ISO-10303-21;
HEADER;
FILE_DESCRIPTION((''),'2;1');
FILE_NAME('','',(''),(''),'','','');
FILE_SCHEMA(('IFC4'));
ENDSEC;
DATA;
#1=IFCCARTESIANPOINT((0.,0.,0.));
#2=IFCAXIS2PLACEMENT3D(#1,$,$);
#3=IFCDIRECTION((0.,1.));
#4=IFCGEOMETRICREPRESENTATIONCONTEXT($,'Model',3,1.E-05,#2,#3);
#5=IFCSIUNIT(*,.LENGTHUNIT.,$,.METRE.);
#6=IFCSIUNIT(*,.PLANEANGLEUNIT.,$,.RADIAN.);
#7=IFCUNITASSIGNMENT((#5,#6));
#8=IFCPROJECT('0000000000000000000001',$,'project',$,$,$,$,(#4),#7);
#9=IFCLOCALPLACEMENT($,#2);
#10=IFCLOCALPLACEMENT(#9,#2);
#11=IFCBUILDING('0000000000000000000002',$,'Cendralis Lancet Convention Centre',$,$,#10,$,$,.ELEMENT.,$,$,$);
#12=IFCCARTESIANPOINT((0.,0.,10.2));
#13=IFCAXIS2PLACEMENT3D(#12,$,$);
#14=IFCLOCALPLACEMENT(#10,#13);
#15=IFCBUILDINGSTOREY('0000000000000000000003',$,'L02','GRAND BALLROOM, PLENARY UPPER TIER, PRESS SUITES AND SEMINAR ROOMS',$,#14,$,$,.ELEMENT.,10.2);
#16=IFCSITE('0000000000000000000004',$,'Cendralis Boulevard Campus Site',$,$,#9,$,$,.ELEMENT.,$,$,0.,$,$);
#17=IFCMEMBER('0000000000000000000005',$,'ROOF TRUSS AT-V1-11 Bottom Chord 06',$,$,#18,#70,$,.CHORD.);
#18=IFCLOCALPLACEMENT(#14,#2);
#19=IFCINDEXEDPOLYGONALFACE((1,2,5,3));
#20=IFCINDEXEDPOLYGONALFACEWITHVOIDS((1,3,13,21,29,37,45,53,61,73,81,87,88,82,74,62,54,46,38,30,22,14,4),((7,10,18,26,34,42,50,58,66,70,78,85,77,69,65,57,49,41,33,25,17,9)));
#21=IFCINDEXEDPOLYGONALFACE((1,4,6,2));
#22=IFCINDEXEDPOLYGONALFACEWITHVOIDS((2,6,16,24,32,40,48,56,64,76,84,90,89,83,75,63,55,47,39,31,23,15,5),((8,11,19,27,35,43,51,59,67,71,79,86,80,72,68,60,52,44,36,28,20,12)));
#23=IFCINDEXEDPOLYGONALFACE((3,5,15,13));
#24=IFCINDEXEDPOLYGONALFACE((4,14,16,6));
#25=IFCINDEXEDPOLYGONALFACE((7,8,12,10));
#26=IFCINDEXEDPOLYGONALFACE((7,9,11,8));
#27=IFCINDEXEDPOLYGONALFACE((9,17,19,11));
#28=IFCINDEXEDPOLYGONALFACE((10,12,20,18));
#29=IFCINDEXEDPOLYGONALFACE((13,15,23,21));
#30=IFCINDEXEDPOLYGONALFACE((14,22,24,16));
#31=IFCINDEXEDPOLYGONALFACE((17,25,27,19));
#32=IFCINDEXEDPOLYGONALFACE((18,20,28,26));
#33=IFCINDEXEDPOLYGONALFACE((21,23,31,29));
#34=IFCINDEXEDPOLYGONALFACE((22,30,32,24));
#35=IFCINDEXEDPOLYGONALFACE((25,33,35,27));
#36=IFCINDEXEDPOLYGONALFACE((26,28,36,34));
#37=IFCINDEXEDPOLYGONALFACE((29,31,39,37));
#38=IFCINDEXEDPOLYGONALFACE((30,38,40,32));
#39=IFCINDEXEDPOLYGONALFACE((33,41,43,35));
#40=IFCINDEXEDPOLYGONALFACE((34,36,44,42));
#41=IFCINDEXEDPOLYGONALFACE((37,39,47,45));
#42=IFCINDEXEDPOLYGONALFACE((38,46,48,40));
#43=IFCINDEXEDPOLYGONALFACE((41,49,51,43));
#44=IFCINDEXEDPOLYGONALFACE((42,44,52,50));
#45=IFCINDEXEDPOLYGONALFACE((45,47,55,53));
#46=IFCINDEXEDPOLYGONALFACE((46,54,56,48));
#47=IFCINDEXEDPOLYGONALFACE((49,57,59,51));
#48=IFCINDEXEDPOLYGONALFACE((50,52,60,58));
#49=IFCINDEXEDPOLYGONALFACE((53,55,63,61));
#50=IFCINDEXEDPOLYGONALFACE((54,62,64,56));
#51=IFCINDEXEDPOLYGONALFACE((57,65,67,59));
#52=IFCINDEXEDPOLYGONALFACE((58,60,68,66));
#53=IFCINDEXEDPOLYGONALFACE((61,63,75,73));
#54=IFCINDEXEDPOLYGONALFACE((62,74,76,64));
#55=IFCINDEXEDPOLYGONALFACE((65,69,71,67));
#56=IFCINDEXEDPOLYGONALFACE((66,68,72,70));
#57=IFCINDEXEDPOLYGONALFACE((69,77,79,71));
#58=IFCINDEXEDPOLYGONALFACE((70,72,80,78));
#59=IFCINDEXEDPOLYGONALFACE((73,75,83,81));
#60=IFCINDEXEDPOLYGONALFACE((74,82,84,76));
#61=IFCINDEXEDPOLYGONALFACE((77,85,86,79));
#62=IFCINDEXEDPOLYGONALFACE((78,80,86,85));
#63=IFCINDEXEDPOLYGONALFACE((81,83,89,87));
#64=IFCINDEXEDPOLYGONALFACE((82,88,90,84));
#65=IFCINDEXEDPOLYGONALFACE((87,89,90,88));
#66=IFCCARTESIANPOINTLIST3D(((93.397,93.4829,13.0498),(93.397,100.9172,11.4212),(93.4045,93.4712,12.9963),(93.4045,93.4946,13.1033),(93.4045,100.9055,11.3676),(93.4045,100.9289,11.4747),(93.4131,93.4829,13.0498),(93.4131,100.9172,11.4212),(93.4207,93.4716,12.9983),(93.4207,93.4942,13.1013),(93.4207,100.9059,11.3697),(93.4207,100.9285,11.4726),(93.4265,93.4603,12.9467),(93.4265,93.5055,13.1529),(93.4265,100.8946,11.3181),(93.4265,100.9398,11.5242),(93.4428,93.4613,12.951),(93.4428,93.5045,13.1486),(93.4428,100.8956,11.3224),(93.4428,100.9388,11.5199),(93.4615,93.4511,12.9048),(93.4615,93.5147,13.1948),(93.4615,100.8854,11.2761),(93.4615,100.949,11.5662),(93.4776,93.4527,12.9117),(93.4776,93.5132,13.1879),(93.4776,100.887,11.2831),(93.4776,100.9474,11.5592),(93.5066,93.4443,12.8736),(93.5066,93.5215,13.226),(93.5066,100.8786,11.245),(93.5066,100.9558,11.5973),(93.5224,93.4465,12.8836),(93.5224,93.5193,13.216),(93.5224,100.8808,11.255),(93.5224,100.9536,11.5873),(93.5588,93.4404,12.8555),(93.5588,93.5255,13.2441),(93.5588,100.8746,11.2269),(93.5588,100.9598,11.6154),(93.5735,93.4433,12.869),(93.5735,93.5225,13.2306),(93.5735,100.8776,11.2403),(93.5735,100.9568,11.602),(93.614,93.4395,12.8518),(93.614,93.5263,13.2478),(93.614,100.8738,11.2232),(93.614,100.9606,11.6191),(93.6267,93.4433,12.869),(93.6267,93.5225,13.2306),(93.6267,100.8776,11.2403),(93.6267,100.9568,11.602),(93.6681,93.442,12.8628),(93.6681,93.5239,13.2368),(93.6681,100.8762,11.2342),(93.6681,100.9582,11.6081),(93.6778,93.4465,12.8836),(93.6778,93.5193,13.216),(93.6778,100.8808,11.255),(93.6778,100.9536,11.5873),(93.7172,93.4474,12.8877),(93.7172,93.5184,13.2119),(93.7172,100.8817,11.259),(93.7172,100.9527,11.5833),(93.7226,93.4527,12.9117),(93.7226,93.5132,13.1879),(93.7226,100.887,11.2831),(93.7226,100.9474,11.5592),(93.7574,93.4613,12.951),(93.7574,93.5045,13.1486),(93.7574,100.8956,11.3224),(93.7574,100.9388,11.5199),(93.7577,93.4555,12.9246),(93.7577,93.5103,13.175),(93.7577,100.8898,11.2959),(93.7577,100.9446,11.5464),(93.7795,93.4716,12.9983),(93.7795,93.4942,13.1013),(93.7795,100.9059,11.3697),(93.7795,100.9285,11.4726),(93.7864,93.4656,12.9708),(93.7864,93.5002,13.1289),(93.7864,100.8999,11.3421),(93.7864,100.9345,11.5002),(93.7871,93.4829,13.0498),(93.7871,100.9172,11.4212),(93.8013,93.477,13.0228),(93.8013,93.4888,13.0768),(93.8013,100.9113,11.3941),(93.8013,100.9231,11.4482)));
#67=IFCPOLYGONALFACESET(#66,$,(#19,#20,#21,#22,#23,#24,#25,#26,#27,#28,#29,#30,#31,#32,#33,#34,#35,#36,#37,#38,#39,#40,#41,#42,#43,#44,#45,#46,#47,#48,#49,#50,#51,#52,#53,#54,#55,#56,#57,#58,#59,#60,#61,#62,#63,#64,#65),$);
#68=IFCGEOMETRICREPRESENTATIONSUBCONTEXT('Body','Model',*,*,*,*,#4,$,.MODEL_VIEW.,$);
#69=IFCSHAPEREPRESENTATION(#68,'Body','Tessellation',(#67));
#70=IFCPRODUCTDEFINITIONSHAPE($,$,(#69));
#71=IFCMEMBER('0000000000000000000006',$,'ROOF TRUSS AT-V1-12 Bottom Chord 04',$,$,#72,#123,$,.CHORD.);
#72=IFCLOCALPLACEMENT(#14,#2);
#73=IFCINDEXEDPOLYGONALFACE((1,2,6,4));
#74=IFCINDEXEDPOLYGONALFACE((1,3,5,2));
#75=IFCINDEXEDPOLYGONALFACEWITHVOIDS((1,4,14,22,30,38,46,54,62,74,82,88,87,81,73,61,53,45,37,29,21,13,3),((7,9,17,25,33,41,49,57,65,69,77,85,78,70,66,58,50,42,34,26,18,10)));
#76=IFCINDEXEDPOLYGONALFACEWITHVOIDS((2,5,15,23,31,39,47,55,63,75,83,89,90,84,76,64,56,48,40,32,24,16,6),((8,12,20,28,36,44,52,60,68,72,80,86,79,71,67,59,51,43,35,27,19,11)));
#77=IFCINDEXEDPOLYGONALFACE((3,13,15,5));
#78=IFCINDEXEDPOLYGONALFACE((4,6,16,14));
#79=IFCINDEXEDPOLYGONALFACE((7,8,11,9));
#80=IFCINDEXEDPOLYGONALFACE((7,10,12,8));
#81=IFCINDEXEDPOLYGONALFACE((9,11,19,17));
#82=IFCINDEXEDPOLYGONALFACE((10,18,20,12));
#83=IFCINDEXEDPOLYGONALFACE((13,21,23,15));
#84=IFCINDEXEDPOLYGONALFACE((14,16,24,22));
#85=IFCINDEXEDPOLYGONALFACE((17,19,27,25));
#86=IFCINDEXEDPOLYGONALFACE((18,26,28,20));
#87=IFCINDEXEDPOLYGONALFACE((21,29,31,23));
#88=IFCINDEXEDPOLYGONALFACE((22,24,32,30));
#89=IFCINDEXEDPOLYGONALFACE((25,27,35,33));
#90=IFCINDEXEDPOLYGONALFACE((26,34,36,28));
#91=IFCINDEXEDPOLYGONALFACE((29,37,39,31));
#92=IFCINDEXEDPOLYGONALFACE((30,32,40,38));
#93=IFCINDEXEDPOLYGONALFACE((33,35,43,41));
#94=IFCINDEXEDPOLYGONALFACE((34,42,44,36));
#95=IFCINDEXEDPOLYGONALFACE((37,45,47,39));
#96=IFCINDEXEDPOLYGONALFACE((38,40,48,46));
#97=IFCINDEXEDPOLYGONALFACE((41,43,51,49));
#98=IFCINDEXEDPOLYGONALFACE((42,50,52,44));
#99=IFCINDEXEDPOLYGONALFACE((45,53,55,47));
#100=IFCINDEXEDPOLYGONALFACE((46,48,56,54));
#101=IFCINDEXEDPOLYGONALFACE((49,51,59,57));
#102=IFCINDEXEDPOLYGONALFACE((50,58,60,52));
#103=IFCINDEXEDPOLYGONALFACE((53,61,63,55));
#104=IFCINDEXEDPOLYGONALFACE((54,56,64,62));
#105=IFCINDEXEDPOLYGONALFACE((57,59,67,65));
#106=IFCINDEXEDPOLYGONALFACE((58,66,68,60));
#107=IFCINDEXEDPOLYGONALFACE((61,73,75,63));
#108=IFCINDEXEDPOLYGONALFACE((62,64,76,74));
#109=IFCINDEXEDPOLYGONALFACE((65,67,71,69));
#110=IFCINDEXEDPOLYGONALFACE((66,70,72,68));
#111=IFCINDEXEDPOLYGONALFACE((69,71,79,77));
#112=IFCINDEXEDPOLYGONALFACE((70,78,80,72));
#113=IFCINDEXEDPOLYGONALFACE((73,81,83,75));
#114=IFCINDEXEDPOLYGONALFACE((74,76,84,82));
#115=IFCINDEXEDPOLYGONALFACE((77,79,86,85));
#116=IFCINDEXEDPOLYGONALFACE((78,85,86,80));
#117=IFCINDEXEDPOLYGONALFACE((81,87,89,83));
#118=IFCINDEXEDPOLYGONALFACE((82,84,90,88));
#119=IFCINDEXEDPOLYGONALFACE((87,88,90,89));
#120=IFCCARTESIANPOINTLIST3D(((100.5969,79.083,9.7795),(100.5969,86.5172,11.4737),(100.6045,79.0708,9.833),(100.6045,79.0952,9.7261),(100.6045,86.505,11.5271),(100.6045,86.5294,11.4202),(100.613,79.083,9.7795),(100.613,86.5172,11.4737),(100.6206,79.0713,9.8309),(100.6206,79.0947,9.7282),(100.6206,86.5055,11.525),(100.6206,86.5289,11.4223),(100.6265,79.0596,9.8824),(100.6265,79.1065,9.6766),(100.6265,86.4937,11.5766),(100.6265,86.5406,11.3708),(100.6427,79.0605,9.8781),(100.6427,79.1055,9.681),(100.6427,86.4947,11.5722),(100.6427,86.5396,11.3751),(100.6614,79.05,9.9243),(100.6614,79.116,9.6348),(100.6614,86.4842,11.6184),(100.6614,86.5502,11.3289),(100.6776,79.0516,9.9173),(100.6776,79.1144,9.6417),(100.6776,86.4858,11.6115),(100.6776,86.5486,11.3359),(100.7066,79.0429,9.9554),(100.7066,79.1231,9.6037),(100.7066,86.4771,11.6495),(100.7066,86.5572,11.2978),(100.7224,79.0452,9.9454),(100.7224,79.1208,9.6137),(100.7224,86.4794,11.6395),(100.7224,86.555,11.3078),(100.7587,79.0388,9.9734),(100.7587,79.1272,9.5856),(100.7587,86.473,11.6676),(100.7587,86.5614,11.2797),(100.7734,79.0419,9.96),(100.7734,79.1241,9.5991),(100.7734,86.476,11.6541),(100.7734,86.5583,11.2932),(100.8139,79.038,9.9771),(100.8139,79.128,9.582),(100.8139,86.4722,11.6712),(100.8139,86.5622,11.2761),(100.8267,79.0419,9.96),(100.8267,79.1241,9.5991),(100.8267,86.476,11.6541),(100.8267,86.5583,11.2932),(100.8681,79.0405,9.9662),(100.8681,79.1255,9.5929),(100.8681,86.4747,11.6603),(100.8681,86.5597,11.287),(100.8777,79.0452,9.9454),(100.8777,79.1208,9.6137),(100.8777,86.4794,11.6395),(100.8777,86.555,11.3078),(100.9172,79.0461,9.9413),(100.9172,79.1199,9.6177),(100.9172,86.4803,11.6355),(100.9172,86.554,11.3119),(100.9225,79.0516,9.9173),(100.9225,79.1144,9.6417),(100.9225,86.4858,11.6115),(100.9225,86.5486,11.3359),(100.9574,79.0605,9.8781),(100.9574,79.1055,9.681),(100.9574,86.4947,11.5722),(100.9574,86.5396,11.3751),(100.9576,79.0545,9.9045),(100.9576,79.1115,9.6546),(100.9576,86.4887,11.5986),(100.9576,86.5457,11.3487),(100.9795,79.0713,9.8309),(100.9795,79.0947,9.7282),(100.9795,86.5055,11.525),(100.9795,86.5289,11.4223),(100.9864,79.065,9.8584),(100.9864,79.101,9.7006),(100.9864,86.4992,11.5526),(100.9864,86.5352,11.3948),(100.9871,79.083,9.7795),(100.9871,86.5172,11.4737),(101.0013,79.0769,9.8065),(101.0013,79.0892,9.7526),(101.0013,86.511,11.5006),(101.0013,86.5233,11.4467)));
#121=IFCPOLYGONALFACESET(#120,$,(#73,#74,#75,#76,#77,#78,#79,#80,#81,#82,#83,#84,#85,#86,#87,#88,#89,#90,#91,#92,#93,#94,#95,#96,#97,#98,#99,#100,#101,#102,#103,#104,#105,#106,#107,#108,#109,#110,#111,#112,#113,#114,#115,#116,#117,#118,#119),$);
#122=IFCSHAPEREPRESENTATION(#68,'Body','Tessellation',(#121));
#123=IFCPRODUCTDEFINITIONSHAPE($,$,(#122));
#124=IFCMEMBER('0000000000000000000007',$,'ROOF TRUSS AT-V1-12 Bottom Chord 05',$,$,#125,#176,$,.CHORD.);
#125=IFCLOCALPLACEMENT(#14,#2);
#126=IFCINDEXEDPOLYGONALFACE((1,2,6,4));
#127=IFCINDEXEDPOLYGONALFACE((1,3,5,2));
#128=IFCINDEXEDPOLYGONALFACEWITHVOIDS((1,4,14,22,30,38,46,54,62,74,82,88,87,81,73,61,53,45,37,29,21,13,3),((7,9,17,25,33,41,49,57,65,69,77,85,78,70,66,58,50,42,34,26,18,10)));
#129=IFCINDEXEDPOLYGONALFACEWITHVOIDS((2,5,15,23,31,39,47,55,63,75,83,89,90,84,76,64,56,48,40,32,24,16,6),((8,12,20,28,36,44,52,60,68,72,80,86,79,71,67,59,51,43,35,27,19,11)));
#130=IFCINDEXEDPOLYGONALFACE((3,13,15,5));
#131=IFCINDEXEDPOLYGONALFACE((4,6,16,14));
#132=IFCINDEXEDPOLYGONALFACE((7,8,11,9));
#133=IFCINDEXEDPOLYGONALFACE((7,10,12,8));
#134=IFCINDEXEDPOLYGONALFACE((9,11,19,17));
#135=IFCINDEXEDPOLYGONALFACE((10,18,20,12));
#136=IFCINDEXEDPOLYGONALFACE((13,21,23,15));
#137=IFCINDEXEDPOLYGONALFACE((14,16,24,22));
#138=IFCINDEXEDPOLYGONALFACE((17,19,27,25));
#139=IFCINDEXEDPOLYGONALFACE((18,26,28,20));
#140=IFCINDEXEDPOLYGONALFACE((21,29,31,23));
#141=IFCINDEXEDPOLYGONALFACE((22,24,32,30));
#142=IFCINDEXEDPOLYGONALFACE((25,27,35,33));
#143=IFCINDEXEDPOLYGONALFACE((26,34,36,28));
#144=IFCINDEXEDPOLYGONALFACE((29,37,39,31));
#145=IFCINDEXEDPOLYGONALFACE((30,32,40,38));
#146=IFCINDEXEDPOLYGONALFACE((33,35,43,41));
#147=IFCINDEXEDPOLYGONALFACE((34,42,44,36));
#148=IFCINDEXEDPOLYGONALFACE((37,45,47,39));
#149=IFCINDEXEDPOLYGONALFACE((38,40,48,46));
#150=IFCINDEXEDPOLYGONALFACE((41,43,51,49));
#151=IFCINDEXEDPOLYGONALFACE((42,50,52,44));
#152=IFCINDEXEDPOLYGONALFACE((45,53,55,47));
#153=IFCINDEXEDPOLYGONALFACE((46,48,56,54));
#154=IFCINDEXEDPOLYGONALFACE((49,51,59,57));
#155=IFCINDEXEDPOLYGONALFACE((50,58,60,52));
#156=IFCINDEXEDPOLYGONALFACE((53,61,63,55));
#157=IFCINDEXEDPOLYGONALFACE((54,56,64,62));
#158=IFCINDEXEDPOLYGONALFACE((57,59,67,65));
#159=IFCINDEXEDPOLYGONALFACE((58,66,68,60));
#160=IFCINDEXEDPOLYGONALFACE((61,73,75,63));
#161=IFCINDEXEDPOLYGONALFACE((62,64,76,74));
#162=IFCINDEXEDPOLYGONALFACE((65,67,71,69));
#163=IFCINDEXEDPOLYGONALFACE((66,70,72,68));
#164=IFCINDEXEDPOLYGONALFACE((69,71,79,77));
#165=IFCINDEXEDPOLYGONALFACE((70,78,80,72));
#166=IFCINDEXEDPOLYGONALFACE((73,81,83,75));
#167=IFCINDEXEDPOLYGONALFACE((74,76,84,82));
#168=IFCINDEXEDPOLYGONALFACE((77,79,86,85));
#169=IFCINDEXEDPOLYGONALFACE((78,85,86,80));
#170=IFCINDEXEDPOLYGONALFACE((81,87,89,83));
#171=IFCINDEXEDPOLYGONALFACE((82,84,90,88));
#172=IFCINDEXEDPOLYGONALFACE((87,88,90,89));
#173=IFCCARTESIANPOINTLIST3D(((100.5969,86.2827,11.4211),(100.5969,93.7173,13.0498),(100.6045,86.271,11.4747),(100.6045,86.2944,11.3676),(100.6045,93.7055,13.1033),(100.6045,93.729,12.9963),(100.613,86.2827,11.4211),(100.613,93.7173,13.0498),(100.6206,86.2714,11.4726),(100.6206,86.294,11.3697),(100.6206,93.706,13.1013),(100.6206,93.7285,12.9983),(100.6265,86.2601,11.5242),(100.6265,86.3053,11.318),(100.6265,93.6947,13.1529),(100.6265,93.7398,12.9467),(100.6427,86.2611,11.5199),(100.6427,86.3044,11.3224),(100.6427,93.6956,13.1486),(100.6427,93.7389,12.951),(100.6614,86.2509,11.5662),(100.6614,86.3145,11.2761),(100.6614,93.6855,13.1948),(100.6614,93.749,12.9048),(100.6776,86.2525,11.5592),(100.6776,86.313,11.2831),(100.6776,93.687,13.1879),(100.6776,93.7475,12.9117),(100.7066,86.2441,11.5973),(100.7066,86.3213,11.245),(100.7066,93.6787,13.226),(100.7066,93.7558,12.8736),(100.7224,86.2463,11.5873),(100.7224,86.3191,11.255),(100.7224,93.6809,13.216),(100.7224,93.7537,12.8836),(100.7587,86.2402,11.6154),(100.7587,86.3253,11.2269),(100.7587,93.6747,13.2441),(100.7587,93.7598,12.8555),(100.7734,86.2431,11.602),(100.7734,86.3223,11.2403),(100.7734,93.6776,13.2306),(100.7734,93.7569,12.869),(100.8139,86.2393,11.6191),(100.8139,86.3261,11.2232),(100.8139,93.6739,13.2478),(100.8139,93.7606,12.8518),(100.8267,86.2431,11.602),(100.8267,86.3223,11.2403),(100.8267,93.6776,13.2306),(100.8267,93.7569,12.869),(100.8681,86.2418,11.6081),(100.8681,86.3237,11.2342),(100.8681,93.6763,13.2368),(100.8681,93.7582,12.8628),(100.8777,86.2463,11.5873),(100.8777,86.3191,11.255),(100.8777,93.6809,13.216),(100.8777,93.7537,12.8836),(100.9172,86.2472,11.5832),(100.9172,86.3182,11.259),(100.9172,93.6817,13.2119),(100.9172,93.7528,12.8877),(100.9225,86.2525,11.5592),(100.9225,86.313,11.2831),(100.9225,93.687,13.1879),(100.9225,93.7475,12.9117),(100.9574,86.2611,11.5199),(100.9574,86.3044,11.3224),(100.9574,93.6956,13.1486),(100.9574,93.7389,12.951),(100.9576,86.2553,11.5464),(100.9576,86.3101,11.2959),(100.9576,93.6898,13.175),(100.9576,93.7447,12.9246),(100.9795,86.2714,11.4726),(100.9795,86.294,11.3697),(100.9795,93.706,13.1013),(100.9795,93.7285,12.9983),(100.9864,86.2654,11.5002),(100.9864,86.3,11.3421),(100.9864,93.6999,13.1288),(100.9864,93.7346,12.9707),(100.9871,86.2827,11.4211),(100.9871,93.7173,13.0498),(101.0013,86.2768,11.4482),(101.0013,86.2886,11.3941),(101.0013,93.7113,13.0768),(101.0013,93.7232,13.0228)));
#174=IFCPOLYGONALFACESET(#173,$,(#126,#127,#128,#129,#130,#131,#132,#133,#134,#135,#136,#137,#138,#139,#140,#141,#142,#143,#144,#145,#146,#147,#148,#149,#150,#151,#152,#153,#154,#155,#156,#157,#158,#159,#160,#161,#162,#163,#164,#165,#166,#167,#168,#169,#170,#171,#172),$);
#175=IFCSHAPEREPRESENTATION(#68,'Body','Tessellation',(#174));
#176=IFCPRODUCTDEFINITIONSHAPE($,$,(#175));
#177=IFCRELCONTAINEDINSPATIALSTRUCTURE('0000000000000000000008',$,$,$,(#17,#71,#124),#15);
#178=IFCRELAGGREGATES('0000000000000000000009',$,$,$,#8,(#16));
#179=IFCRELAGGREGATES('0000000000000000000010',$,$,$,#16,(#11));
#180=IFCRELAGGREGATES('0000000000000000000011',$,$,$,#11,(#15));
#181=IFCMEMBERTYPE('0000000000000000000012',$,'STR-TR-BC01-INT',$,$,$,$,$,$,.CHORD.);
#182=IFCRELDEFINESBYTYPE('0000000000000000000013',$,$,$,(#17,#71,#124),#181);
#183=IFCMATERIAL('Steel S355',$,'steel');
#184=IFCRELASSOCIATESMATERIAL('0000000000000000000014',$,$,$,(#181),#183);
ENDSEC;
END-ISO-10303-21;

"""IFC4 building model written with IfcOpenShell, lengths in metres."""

from ifc_helpers import new_model, si_unit, direction, frame, origin, origin_2d, place, context, subcontext, project, spatial, hollow_circle, extrude, material, material_profile, profile_set, type_object, element, save


model = new_model("IFC4")

# Units and contexts
model_context = context("Model", 3, precision=1e-05, world=origin(), true_north=direction((0.0, 1.0)))
body_context = subcontext(model_context, "Body", "Model", "MODEL_VIEW")
ifc_project = project(units=[si_unit("LENGTHUNIT", "METRE"), si_unit("PLANEANGLEUNIT", "RADIAN")], contexts=[model_context])

# Site, building, storey
site_placement = place(None, origin())
site = spatial("IfcSite", under=ifc_project, at=site_placement, Name="Cendralis Boulevard Campus Site", CompositionType="ELEMENT", RefElevation=0.0)
building_placement = place(site_placement, origin())
building = spatial("IfcBuilding", under=site, at=building_placement, Name="Cendralis Lancet Convention Centre", CompositionType="ELEMENT")
storey_placement = place(building_placement, frame((0.0, 0.0, 10.2)))
storey = spatial("IfcBuildingStorey", under=building, at=storey_placement, Name="L02", Description="GRAND BALLROOM, PLENARY UPPER TIER, PRESS SUITES AND SEMINAR ROOMS", CompositionType="ELEMENT", Elevation=10.2)

# Members
ifc_material = material(Name="Steel S355", Category="steel")
ifc_material_profile_1 = material_profile(ifc_material, hollow_circle(Radius=0.2031, WallThickness=0.0161, at=origin_2d()), Name="CHS 406.4x16.0")
ifc_profile_set_1 = profile_set([ifc_material_profile_1], Name="Steel S355")
member_type_1 = type_object("IfcMemberType", Name="STR-TR-BC01-INT", PredefinedType="CHORD", material=ifc_profile_set_1)
member_1_placement = place(storey_placement, frame((93.6001, 93.4829, 13.0498), z_axis=(0.0, 0.976834, -0.213998), x_axis=(-1.0, 0.0, 0.0)))
element("IfcMember", 1, at=member_1_placement, inside=storey, type_object=member_type_1, Name="ROOF TRUSS AT-V1-11 Bottom Chord 06", PredefinedType="CHORD", context=body_context, shape_type="SweptSolid", body=[
    extrude(hollow_circle(Radius=0.2031, WallThickness=0.0161, at=origin_2d()), origin(), (0.0, 0.0, 1.0), 7.6106),
])
member_2_placement = place(storey_placement, frame((100.8, 79.083, 9.7795), z_axis=(0.0, 0.975004, 0.222186), x_axis=(-1.0, 0.0, 0.0)))
element("IfcMember", 2, at=member_2_placement, inside=storey, type_object=member_type_1, Name="ROOF TRUSS AT-V1-12 Bottom Chord 04", PredefinedType="CHORD", context=body_context, shape_type="SweptSolid", body=[
    extrude(hollow_circle(Radius=0.2031, WallThickness=0.0161, at=origin_2d()), origin(), (0.0, 0.0, 1.0), 7.6248),
])
member_3_placement = place(storey_placement, frame((100.8, 86.2827, 11.4211), z_axis=(0.0, 0.976836, 0.213992), x_axis=(-1.0, 0.0, 0.0)))
element("IfcMember", 3, at=member_3_placement, inside=storey, type_object=member_type_1, Name="ROOF TRUSS AT-V1-12 Bottom Chord 05", PredefinedType="CHORD", context=body_context, shape_type="SweptSolid", body=[
    extrude(hollow_circle(Radius=0.2031, WallThickness=0.0161, at=origin_2d()), origin(), (0.0, 0.0, 1.0), 7.6108),
])

save(model, "model.ifc")
